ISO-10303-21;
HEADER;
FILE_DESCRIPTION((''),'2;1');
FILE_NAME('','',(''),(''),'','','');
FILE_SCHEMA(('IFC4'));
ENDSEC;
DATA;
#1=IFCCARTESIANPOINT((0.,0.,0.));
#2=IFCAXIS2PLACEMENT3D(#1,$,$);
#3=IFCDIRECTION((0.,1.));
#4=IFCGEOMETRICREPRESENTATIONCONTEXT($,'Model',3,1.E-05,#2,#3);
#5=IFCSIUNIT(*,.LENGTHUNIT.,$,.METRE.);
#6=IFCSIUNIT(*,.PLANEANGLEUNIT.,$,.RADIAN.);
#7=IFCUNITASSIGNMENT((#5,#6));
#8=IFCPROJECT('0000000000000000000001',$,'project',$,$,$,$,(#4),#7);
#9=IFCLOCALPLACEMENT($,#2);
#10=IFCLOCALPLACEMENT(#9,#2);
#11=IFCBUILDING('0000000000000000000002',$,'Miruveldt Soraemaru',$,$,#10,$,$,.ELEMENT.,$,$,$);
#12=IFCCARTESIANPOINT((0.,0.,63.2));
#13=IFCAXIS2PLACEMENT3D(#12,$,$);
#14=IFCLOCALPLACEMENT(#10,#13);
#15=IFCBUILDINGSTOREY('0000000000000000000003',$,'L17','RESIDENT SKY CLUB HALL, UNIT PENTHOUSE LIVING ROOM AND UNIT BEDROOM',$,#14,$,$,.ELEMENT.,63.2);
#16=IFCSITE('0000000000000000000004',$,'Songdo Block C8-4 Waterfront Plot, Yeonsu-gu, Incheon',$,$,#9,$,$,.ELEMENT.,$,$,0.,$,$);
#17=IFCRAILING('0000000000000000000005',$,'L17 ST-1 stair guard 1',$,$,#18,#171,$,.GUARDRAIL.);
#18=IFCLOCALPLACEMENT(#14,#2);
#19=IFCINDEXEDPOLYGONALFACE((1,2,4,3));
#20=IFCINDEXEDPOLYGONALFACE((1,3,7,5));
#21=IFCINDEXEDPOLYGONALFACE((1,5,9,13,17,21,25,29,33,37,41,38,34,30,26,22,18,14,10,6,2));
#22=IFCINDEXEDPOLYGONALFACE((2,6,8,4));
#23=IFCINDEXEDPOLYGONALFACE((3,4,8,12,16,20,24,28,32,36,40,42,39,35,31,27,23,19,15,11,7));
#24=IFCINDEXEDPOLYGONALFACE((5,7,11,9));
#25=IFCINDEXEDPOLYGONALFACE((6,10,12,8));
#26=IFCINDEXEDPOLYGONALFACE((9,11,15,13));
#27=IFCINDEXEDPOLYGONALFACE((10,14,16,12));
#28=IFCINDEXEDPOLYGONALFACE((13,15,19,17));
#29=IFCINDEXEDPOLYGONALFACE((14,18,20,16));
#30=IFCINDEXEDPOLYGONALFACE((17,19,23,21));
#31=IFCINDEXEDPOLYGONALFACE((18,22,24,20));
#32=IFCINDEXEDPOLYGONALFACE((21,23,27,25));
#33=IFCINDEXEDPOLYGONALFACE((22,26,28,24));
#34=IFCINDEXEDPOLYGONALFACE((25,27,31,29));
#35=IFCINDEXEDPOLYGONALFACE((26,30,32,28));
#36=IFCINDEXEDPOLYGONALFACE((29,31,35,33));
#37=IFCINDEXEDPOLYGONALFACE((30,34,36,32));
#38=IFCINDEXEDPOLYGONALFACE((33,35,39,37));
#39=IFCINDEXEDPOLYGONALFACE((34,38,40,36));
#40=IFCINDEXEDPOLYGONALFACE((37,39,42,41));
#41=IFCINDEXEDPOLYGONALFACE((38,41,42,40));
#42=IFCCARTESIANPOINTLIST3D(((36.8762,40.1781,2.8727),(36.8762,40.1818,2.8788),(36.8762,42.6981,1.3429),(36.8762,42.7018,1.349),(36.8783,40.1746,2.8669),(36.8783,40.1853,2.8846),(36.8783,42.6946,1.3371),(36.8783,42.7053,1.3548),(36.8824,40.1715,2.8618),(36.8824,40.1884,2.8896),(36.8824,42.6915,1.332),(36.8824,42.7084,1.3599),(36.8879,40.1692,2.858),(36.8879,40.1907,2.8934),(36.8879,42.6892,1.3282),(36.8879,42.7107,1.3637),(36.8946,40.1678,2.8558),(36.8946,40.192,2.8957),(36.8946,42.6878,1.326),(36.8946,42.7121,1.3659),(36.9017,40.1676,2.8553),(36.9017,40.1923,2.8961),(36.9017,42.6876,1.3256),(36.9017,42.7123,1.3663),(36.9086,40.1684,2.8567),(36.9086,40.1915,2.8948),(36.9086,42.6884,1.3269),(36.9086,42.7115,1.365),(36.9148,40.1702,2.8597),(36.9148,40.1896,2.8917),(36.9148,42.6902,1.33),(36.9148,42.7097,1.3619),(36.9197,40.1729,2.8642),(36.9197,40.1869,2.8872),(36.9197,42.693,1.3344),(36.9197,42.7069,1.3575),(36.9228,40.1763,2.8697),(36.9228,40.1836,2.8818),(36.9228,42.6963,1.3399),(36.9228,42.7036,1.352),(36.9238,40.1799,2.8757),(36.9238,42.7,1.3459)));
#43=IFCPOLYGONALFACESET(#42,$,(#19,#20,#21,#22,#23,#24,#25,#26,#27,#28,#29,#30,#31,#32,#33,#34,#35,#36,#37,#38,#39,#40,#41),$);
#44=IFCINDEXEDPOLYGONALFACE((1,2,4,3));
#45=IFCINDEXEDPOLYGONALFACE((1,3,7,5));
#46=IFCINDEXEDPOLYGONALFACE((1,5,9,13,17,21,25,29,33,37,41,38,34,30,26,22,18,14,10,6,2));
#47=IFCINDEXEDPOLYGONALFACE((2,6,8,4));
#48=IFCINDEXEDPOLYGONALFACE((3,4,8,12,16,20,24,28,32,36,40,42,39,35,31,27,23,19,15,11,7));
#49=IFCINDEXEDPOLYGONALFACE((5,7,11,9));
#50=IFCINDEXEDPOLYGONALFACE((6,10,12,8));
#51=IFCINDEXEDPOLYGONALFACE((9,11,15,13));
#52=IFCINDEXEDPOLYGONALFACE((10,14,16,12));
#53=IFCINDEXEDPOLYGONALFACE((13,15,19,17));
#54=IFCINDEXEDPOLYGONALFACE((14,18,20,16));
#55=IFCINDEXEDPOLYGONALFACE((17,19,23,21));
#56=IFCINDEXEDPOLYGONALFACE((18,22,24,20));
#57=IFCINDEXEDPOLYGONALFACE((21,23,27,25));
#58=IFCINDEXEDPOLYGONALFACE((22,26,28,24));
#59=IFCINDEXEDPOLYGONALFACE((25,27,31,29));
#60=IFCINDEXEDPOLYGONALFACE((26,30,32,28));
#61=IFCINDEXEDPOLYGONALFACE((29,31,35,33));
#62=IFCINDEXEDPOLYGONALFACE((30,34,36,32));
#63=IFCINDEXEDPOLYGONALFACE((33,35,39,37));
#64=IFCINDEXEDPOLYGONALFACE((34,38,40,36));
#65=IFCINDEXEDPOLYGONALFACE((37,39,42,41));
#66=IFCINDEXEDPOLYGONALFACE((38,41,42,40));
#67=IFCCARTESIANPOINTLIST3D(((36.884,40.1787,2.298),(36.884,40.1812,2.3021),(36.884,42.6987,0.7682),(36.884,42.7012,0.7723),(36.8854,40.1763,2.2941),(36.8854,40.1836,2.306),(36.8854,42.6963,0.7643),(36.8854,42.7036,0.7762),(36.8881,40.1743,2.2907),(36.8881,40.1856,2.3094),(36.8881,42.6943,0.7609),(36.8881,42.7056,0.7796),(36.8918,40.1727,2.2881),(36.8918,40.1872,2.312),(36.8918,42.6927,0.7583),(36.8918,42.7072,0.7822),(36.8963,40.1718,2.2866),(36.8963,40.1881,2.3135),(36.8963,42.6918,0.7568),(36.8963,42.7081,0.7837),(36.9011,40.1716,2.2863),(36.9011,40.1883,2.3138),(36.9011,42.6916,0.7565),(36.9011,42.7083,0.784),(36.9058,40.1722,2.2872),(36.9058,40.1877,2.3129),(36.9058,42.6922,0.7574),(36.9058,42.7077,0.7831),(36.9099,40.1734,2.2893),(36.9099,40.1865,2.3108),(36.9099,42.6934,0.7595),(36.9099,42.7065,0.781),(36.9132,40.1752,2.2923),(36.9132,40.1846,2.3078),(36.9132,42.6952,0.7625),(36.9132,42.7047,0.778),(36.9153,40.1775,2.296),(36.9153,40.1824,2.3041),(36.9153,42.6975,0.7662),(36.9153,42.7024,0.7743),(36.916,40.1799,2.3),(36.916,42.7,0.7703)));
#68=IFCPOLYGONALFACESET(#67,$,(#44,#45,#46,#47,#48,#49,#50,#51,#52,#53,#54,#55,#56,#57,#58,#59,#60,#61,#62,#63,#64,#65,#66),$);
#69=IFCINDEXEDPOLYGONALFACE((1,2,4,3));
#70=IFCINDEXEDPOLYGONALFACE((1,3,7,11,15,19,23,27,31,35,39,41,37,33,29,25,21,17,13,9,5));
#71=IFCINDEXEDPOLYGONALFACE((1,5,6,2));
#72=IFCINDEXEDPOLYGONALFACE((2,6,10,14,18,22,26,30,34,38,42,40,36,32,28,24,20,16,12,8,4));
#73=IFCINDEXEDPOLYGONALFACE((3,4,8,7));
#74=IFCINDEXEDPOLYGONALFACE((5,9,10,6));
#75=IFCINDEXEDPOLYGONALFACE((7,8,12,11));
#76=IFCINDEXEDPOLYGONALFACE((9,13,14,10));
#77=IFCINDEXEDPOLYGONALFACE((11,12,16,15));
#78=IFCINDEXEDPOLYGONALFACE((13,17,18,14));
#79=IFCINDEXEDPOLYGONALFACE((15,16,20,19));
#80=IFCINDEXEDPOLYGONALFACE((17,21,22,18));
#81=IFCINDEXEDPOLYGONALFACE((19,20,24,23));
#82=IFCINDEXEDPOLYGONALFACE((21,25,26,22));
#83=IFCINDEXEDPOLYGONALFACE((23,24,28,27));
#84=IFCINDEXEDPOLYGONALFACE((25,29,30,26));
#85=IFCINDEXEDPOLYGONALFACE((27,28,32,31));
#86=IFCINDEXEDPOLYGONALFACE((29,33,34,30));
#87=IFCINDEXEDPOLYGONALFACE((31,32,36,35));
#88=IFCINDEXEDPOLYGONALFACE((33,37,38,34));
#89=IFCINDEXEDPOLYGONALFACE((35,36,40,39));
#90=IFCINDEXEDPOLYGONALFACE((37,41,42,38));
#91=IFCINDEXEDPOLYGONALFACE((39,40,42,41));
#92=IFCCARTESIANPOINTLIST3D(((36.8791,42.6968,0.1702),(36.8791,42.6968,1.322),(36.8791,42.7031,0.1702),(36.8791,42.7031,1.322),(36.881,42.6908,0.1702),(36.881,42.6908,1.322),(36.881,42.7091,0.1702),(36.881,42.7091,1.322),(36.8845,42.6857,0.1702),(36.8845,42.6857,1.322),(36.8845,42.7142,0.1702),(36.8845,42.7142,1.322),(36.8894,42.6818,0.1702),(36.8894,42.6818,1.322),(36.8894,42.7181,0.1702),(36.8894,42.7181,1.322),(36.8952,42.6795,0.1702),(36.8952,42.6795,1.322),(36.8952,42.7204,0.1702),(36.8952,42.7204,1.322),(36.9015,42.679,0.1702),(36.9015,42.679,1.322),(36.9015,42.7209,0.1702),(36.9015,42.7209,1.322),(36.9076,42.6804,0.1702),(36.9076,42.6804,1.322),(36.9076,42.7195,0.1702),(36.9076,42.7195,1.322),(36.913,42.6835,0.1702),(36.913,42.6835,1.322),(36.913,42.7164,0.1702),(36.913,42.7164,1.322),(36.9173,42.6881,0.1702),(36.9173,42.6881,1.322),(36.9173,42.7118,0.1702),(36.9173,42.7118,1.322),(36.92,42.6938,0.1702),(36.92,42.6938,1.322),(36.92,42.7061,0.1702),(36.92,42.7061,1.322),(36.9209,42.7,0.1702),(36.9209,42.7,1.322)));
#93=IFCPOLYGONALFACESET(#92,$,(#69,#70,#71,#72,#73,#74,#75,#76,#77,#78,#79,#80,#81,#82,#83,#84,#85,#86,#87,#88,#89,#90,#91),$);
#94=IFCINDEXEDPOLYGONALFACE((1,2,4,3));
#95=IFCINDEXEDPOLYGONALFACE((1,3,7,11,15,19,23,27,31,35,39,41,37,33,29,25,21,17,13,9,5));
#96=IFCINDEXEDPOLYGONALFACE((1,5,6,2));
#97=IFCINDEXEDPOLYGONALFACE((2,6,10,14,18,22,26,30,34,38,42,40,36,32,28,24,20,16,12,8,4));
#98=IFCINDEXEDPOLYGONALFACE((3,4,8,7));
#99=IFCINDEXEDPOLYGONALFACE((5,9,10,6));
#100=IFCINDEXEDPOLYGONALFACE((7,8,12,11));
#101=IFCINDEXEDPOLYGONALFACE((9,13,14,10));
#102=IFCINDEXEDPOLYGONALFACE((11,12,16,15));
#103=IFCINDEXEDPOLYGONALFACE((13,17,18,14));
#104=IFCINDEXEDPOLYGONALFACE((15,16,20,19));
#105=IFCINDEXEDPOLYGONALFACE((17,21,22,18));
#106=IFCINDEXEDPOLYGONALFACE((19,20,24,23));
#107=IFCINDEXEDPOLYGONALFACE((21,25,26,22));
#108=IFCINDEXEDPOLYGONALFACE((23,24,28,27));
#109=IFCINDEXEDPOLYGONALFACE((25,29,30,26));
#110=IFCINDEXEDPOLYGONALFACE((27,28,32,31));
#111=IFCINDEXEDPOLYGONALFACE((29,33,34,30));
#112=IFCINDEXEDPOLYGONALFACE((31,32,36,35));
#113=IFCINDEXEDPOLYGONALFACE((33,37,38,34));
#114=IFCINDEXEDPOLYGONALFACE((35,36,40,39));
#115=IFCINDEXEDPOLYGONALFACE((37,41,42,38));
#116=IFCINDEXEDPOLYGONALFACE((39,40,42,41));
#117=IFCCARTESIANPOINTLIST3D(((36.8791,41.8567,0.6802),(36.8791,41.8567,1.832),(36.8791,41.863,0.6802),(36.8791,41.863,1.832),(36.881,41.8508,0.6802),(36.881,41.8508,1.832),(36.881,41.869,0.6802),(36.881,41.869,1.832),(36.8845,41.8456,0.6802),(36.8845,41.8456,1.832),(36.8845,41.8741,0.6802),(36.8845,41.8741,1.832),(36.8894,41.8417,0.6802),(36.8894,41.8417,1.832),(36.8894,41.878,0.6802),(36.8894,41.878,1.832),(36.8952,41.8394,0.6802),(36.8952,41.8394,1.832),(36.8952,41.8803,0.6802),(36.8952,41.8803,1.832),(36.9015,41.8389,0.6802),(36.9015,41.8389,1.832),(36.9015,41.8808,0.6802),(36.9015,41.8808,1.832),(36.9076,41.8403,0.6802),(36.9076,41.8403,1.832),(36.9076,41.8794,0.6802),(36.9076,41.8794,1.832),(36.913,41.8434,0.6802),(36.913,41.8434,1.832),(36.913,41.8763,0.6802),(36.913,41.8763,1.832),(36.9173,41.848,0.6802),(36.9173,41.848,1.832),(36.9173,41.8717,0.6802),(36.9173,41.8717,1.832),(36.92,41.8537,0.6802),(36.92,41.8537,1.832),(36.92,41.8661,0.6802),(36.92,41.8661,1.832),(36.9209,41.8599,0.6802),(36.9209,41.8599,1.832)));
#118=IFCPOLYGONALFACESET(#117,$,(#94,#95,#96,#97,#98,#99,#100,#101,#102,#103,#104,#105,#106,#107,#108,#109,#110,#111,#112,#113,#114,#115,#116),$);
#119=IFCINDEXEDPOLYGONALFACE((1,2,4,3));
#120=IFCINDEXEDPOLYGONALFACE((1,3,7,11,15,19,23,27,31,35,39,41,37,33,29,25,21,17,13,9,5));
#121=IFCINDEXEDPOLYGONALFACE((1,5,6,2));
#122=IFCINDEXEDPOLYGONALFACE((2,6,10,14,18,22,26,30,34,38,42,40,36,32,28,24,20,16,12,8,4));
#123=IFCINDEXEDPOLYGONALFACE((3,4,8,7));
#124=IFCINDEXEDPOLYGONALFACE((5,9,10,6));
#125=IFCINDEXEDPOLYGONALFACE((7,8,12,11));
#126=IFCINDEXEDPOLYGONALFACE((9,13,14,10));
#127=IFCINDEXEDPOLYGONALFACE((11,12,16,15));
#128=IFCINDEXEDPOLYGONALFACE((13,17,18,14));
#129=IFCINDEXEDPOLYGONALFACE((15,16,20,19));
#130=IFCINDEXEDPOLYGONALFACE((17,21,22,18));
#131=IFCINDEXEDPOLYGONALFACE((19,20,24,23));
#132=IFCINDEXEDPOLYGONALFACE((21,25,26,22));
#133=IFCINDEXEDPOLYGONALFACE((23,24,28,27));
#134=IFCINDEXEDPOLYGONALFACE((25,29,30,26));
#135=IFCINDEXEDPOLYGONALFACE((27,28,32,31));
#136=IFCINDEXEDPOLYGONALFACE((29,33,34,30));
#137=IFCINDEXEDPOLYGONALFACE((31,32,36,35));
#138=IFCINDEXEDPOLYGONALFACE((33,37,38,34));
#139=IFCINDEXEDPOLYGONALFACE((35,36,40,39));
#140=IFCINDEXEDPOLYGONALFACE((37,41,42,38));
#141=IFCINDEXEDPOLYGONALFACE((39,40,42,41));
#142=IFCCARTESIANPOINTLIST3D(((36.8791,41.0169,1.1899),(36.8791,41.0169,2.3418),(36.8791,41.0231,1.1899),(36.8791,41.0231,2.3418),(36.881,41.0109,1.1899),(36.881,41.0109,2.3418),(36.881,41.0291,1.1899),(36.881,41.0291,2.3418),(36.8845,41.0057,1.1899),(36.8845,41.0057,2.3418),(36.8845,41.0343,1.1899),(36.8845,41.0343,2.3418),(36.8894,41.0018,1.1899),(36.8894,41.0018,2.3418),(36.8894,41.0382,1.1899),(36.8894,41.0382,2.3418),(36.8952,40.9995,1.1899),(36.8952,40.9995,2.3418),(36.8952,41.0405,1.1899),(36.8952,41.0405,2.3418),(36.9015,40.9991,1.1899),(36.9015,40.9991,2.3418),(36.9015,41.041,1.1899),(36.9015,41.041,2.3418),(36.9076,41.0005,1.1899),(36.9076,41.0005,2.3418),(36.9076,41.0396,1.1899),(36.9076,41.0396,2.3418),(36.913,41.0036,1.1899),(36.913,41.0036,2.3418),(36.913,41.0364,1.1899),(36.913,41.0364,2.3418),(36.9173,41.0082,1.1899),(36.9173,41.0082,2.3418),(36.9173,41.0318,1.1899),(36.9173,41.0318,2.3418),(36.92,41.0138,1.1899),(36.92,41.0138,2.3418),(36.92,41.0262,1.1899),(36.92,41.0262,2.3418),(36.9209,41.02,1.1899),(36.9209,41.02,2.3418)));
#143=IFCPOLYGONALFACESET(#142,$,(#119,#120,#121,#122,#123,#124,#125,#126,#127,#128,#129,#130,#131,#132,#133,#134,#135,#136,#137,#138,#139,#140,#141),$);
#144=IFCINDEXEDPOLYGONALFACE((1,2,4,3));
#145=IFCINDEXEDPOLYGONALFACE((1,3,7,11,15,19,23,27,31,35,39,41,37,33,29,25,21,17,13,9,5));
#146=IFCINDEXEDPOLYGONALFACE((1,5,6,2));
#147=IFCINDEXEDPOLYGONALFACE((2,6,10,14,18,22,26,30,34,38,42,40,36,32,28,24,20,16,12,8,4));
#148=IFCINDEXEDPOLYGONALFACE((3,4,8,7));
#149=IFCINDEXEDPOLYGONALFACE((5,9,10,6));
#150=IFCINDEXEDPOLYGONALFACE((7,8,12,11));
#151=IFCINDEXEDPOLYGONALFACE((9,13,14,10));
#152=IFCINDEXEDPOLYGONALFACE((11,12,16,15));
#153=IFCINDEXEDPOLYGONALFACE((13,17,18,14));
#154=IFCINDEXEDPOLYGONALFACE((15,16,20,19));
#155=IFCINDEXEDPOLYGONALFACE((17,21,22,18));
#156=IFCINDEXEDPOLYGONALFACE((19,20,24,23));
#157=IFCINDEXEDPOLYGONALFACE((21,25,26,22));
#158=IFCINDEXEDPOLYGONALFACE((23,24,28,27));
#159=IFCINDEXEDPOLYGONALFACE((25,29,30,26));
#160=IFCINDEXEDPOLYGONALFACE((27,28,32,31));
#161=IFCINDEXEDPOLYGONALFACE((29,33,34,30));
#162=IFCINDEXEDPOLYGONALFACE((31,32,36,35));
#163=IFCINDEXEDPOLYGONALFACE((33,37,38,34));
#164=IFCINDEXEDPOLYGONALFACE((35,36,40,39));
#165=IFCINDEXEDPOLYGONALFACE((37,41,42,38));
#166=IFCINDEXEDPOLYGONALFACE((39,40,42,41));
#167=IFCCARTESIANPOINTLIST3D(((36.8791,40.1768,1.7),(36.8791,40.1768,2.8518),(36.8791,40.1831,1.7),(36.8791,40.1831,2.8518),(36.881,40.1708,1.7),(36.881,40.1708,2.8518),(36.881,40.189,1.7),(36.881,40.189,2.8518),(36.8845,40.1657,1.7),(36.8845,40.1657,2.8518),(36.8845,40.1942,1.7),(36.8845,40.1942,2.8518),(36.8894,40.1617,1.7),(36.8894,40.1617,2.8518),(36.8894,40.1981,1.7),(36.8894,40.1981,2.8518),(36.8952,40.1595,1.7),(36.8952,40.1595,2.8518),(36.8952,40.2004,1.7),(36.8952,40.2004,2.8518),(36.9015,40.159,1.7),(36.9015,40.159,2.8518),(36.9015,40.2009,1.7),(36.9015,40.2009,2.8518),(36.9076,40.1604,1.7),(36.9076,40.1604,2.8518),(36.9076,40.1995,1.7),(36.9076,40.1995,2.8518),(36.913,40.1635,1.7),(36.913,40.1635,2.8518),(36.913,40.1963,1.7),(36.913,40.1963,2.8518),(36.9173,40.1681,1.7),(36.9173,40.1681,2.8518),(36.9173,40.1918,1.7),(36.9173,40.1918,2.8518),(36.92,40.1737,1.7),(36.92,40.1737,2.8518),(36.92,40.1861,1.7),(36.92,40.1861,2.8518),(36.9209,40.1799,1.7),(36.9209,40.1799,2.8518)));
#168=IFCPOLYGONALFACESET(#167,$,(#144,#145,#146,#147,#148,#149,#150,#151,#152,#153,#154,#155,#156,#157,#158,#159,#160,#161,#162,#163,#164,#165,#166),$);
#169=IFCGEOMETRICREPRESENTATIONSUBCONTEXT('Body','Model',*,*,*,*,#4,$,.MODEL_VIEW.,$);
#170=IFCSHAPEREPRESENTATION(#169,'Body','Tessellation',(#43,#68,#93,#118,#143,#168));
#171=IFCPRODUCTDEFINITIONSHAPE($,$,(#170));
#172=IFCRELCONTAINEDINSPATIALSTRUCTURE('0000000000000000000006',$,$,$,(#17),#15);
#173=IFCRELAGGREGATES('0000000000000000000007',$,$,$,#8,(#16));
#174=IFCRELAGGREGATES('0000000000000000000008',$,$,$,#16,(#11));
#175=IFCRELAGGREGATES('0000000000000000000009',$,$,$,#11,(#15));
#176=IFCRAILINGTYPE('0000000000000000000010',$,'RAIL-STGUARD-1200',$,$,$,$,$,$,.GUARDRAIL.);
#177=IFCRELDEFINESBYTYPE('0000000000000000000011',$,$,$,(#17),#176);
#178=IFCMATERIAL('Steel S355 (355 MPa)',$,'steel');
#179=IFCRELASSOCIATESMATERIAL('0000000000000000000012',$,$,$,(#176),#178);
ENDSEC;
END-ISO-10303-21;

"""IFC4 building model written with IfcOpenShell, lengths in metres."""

from ifc_helpers import new_model, si_unit, direction, frame, origin, origin_2d, place, context, subcontext, project, spatial, circle, extrude, material, type_object, element, save


model = new_model("IFC4")

# Units and contexts
model_context = context("Model", 3, precision=1e-05, world=origin(), true_north=direction((0.0, 1.0)))
body_context = subcontext(model_context, "Body", "Model", "MODEL_VIEW")
ifc_project = project(units=[si_unit("LENGTHUNIT", "METRE"), si_unit("PLANEANGLEUNIT", "RADIAN")], contexts=[model_context])

# Site, building, storey
site_placement = place(None, origin())
site = spatial("IfcSite", under=ifc_project, at=site_placement, Name="Songdo Block C8-4 Waterfront Plot, Yeonsu-gu, Incheon", CompositionType="ELEMENT", RefElevation=0.0)
building_placement = place(site_placement, origin())
building = spatial("IfcBuilding", under=site, at=building_placement, Name="Miruveldt Soraemaru", CompositionType="ELEMENT")
storey_placement = place(building_placement, frame((0.0, 0.0, 63.2)))
storey = spatial("IfcBuildingStorey", under=building, at=storey_placement, Name="L17", Description="RESIDENT SKY CLUB HALL, UNIT PENTHOUSE LIVING ROOM AND UNIT BEDROOM", CompositionType="ELEMENT", Elevation=63.2)

# Railing
ifc_material_1 = material(Name="Steel S355 (355 MPa)", Category="steel")
railing_type_1 = type_object("IfcRailingType", Name="RAIL-STGUARD-1200", PredefinedType="GUARDRAIL", material=ifc_material_1)
railing_1_placement = place(storey_placement, frame((36.8999, 42.7, 0.1702)))
element("IfcRailing", 1, at=railing_1_placement, inside=storey, type_object=railing_type_1, Name="L17 ST-1 stair guard 1", PredefinedType="GUARDRAIL", context=body_context, shape_type="SweptSolid", body=[
    extrude(circle(Radius=0.0239, at=origin_2d()), frame((0.0, 0.0, 1.1758), z_axis=(0.0, -0.854822, 0.518922), x_axis=(1.0, 0.0, 0.0)), (0.0, 0.0, 1.0), 2.948),
    extrude(circle(Radius=0.0161, at=origin_2d()), frame((0.0, 0.0, 0.6001), z_axis=(0.0, -0.854822, 0.518922), x_axis=(1.0, 0.0, 0.0)), (0.0, 0.0, 1.0), 2.948),
    extrude(circle(Radius=0.021, at=origin_2d()), origin(), (0.0, 0.0, 1.0), 1.1519),
    extrude(circle(Radius=0.021, at=origin_2d()), frame((0.0, -0.8401, 0.51)), (0.0, 0.0, 1.0), 1.1519),
    extrude(circle(Radius=0.021, at=origin_2d()), frame((0.0, -1.6799, 1.0198)), (0.0, 0.0, 1.0), 1.1519),
    extrude(circle(Radius=0.021, at=origin_2d()), frame((0.0, -2.52, 1.5298)), (0.0, 0.0, 1.0), 1.1519),
])

save(model, "model.ifc")
